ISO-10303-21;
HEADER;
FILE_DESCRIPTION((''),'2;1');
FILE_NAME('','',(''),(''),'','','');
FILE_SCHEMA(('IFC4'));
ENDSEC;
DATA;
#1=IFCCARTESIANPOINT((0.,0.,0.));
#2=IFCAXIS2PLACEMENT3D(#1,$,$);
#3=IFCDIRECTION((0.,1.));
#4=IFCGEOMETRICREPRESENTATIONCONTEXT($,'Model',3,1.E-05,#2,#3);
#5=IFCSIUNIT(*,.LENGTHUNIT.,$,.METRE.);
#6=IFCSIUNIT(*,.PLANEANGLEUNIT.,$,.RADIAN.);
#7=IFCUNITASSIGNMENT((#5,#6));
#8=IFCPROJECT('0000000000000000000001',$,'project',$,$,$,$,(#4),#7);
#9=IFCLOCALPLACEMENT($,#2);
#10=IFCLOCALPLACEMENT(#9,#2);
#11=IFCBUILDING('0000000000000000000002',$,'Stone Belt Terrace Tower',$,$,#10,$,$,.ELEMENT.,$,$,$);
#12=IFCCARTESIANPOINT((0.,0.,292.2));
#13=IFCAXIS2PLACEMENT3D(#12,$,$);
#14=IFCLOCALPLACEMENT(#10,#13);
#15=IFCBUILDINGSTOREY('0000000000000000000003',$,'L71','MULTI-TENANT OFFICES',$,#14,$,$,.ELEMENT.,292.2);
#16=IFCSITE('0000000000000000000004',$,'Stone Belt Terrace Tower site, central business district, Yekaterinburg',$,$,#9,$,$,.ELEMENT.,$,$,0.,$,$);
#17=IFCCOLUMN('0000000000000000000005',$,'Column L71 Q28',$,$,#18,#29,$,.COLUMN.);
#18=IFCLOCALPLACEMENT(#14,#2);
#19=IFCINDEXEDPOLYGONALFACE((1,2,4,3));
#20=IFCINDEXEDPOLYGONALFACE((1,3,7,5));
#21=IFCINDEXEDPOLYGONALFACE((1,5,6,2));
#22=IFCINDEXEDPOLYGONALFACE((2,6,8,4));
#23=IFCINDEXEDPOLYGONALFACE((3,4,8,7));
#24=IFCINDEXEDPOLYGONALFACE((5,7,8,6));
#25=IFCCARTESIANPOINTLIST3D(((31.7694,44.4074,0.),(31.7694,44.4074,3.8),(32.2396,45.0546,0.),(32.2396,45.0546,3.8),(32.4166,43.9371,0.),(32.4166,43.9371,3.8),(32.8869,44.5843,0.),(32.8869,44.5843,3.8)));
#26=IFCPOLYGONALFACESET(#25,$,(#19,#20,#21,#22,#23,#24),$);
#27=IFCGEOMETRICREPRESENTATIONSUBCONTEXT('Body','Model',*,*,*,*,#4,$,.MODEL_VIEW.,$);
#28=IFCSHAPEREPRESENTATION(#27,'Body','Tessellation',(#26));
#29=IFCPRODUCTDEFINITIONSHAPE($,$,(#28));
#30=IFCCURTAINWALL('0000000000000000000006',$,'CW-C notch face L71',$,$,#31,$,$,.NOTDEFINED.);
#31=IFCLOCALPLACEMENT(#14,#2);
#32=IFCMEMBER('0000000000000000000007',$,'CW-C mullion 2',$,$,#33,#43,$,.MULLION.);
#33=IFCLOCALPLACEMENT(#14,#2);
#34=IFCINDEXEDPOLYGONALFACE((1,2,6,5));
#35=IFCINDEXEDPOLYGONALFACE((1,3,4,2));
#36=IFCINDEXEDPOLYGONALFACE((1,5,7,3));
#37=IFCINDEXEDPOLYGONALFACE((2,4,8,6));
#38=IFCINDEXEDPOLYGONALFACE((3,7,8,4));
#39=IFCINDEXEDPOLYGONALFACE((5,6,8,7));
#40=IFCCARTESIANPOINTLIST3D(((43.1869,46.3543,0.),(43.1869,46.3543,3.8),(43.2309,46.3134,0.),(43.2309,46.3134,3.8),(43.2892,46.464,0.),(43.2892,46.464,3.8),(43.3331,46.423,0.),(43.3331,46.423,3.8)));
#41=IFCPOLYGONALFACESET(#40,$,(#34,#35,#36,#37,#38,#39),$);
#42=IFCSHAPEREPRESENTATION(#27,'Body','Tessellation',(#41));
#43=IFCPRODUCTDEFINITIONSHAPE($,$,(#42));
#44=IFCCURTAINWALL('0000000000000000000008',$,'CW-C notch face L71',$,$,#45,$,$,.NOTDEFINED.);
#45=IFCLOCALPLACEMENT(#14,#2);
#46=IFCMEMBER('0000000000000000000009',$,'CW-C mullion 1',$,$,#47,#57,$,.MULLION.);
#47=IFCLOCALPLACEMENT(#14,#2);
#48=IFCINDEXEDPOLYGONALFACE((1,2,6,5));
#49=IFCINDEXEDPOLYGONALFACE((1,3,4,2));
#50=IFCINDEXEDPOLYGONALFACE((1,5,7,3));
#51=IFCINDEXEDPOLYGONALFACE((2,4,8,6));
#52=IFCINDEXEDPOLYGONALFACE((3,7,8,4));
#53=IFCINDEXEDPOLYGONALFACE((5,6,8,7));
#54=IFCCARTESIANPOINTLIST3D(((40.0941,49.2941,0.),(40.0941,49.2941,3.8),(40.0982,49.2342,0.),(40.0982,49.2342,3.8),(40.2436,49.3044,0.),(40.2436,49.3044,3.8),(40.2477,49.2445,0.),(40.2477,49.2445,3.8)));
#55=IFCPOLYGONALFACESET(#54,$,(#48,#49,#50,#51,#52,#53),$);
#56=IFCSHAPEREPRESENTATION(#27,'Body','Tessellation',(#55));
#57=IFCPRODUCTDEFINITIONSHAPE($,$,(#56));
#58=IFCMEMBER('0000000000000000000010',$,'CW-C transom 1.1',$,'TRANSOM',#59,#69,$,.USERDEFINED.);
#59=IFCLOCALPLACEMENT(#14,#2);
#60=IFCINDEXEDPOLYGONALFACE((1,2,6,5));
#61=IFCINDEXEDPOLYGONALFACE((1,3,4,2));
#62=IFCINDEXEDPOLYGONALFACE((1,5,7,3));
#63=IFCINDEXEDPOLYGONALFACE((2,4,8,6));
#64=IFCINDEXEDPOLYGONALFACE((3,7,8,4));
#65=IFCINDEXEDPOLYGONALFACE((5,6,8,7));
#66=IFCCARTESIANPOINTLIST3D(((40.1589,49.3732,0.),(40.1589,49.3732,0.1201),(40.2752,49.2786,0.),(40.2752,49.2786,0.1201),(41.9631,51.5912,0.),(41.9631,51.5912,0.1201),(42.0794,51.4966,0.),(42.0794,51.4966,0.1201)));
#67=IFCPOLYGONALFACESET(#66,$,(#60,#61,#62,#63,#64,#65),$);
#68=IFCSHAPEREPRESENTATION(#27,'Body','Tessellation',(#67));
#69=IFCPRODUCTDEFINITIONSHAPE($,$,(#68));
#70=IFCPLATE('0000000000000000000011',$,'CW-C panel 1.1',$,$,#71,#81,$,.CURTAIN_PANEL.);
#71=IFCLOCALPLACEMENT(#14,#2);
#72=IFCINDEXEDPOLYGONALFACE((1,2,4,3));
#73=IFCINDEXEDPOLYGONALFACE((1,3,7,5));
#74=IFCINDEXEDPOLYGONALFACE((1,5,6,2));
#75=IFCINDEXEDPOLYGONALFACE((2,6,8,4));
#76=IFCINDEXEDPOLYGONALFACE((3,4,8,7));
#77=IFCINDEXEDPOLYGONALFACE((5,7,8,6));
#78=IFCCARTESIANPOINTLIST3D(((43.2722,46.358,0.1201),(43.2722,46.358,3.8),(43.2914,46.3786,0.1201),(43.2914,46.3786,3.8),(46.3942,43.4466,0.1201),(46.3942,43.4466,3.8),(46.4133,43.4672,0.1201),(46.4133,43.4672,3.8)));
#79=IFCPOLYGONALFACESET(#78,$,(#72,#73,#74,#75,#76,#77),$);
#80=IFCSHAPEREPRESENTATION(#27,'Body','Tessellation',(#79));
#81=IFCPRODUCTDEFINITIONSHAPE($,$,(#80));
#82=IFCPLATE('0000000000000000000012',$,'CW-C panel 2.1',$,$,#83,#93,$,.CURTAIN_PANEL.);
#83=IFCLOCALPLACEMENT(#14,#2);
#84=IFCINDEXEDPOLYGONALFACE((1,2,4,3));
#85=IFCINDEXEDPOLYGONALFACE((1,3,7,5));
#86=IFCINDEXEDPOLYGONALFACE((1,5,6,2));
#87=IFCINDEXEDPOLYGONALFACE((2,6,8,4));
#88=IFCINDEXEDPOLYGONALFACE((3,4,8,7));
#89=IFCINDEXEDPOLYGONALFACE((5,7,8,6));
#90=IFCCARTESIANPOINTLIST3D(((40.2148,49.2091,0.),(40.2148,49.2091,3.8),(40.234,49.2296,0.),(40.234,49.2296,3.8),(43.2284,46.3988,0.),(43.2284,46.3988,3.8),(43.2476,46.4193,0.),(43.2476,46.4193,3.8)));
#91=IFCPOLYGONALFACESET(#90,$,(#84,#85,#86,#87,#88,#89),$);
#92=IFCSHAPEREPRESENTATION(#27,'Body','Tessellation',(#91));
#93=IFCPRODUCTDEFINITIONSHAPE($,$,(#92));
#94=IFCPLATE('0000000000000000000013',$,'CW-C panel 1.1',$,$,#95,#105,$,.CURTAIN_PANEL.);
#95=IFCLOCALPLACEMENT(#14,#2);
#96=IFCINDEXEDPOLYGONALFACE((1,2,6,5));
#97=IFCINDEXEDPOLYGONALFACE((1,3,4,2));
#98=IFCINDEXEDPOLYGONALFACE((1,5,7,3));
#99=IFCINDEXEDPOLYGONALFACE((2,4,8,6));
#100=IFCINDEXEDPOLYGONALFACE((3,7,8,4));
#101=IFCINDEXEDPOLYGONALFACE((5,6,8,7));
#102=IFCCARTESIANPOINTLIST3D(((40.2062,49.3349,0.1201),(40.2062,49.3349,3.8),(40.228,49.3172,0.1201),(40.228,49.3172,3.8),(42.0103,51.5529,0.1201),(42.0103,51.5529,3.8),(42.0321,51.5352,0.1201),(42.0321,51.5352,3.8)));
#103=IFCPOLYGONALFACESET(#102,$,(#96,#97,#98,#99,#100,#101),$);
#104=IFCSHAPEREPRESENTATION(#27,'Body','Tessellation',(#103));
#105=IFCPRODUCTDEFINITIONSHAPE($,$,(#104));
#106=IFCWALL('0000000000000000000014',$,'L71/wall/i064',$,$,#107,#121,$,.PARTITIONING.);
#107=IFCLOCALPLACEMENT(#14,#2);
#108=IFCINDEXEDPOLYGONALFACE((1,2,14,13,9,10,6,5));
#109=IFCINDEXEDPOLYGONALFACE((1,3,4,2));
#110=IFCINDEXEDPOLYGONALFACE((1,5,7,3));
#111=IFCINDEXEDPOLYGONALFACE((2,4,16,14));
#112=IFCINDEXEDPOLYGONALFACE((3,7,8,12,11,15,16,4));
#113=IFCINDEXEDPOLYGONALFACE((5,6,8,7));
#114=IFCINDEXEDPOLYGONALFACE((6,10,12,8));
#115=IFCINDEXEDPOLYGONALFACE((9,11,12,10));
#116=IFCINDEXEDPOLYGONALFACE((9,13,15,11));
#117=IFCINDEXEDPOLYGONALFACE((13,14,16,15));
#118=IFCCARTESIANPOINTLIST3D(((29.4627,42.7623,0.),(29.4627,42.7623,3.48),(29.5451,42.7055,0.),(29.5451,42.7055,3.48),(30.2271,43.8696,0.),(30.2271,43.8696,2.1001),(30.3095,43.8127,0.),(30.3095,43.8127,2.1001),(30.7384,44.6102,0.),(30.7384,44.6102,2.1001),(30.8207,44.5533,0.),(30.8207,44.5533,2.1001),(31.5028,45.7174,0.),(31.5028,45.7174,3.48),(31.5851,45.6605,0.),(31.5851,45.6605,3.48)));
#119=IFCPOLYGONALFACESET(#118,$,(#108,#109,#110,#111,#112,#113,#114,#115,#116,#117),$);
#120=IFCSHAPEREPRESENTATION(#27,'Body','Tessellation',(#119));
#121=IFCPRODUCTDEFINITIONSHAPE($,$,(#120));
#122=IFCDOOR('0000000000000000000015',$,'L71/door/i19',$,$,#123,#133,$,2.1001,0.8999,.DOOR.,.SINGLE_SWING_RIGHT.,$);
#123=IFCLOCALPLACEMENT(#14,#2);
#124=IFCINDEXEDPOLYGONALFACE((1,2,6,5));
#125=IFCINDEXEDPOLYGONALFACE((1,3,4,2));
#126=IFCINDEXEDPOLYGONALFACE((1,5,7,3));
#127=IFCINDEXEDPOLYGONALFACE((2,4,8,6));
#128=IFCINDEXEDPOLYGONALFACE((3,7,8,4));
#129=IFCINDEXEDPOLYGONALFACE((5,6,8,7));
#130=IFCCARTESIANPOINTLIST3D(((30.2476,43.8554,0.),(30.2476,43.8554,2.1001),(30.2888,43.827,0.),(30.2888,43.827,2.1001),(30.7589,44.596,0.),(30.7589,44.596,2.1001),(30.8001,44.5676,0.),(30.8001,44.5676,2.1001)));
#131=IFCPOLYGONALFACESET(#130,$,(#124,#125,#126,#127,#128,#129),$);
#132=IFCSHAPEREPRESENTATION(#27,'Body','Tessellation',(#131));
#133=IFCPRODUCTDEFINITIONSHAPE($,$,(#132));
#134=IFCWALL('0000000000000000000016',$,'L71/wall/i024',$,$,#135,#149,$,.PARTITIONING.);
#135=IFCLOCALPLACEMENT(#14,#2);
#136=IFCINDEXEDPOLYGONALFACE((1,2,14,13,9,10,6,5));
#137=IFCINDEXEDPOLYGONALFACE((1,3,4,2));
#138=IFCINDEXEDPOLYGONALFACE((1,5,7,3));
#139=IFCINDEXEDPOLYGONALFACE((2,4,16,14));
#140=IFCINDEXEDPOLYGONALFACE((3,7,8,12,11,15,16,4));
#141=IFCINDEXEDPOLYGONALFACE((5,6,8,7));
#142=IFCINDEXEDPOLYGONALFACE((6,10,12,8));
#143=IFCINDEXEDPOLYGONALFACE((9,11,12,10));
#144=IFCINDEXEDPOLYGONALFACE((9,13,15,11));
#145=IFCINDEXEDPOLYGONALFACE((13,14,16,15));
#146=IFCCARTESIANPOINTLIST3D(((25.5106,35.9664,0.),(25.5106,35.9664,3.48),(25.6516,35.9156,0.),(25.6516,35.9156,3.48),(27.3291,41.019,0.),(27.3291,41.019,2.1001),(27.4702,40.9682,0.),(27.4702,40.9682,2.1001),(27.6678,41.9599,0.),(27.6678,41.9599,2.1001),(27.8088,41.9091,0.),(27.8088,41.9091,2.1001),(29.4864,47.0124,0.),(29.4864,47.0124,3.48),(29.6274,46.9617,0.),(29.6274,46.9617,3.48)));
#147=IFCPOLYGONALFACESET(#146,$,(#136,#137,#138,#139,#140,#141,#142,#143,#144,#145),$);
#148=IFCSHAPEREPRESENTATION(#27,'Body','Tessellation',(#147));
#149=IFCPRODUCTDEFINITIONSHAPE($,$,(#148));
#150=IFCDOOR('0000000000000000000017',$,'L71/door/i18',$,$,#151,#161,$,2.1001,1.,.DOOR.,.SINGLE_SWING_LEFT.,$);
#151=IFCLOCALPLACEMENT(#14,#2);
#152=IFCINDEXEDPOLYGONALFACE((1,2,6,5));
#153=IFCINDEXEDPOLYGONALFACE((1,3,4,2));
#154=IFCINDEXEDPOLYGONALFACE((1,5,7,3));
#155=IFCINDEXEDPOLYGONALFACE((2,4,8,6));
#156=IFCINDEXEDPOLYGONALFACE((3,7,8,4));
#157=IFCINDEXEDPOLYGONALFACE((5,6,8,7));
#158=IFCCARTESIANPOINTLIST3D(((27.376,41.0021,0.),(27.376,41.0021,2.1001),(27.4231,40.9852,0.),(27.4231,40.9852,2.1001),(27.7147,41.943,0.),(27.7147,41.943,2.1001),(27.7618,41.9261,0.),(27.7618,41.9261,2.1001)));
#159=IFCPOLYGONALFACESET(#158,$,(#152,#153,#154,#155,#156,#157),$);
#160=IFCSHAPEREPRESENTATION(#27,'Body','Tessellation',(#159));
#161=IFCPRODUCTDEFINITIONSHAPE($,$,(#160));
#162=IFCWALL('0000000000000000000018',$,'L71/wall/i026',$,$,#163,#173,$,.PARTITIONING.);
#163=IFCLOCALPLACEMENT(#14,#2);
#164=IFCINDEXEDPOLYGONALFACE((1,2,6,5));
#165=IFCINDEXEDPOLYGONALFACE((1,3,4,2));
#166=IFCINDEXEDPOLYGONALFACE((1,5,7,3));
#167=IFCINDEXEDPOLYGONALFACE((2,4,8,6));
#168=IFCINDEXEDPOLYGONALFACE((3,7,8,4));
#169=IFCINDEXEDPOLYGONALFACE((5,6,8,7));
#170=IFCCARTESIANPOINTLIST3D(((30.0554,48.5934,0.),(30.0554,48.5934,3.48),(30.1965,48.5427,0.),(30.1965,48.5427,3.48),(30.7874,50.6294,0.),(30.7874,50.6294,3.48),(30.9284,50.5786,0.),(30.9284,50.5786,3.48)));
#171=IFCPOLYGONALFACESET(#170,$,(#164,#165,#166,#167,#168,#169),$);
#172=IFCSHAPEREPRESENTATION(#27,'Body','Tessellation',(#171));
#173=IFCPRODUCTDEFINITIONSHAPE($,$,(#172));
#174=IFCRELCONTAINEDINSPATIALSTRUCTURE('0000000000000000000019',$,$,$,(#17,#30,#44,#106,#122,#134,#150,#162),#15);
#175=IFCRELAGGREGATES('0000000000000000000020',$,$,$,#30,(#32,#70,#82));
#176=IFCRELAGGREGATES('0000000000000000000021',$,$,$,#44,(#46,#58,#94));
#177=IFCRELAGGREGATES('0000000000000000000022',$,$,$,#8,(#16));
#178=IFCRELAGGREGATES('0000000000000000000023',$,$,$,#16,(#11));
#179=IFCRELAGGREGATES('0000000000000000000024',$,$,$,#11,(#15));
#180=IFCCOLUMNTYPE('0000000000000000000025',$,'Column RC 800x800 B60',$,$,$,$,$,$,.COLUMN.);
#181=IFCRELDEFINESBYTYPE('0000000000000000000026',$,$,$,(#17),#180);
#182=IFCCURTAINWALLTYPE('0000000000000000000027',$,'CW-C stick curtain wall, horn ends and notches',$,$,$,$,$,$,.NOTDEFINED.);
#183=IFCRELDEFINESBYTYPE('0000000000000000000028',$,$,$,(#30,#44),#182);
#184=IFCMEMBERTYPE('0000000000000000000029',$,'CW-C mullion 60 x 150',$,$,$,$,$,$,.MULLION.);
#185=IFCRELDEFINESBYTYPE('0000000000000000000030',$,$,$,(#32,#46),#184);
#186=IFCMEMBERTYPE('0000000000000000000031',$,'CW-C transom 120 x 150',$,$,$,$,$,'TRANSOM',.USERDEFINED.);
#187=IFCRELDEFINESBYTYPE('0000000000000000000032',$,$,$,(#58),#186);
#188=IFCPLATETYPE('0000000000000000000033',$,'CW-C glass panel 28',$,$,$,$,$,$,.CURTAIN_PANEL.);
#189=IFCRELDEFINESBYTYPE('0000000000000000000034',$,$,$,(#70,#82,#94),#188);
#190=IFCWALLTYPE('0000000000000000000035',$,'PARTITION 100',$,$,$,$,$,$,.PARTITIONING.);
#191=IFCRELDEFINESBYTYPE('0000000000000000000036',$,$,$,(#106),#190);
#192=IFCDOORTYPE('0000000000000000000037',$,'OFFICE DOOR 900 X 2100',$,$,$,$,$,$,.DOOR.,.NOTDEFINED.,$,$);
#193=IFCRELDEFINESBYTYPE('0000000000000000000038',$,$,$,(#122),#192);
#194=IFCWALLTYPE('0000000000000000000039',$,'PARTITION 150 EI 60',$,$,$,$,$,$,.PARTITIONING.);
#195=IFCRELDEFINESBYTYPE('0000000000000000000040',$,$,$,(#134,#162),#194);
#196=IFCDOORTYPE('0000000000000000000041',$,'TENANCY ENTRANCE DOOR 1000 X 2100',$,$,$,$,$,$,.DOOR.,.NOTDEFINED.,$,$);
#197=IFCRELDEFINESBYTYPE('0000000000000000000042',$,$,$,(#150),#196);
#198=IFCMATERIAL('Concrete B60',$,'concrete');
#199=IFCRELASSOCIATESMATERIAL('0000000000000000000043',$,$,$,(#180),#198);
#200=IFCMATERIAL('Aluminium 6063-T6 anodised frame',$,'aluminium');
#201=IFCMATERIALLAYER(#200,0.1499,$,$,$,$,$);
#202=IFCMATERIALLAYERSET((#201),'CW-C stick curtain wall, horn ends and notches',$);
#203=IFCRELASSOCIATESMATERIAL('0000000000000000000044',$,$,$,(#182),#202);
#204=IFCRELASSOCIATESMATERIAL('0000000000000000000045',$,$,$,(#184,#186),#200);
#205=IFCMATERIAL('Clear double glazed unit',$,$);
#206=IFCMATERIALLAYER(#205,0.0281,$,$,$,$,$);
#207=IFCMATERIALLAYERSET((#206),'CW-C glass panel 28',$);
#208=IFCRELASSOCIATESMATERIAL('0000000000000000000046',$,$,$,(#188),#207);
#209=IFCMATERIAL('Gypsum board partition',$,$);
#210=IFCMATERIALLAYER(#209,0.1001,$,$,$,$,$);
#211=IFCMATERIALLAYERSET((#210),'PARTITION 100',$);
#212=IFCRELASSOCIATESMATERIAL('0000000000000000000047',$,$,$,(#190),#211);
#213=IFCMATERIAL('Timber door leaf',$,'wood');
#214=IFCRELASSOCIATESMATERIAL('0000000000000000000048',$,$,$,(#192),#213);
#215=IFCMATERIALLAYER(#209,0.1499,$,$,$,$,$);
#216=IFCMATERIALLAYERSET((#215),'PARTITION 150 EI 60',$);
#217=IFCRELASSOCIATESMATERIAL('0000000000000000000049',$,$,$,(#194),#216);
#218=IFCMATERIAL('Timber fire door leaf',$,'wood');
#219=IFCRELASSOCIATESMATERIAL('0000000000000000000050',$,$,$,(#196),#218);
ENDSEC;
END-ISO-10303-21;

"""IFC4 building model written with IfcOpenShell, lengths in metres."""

from ifc_helpers import new_model, si_unit, direction, frame, frame_2d, origin, origin_2d, place, context, subcontext, project, spatial, rectangle, extrude, material, layer, layer_set, material_profile, profile_set, type_object, element, fill, aggregate, save


model = new_model("IFC4")

# Units and contexts
model_context = context("Model", 3, precision=1e-05, world=origin(), true_north=direction((0.0, 1.0)))
body_context = subcontext(model_context, "Body", "Model", "MODEL_VIEW")
ifc_project = project(units=[si_unit("LENGTHUNIT", "METRE"), si_unit("PLANEANGLEUNIT", "RADIAN")], contexts=[model_context])

# Site, building, storey
site_placement = place(None, origin())
site = spatial("IfcSite", under=ifc_project, at=site_placement, Name="Stone Belt Terrace Tower site, central business district, Yekaterinburg", CompositionType="ELEMENT", RefElevation=0.0)
building_placement = place(site_placement, origin())
building = spatial("IfcBuilding", under=site, at=building_placement, Name="Stone Belt Terrace Tower", CompositionType="ELEMENT")
storey_placement = place(building_placement, frame((0.0, 0.0, 292.2)))
storey = spatial("IfcBuildingStorey", under=building, at=storey_placement, Name="L71", Description="MULTI-TENANT OFFICES", CompositionType="ELEMENT", Elevation=292.2)

# Column
ifc_material_1 = material(Name="Concrete B60", Category="concrete")
ifc_material_profile_1 = material_profile(ifc_material_1, rectangle(XDim=0.8, YDim=0.8, at=origin_2d()), Name="RC 800x800")
ifc_profile_set_1 = profile_set([ifc_material_profile_1], Name="Concrete B60")
column_type = type_object("IfcColumnType", Name="Column RC 800x800 B60", PredefinedType="COLUMN", material=ifc_profile_set_1)
column_placement = place(storey_placement, frame((32.3281, 44.4958, 0.0), z_axis=(0.0, 0.0, 1.0), x_axis=(0.809017, -0.587785, 0.0)))
element("IfcColumn", 1, at=column_placement, inside=storey, type_object=column_type, Name="Column L71 Q28", PredefinedType="COLUMN", context=body_context, shape_type="SweptSolid", body=[
    extrude(rectangle(XDim=0.8, YDim=0.8, at=origin_2d()), origin(), (0.0, 0.0, 1.0), 3.8),
])

# Curtain wall, member
ifc_material_2 = material(Name="Aluminium 6063-T6 anodised frame", Category="aluminium")
ifc_layer_1 = layer(ifc_material_2, 0.1499)
ifc_layer_set_1 = layer_set([ifc_layer_1], Name="CW-C stick curtain wall, horn ends and notches")
curtain_wall_type = type_object("IfcCurtainWallType", Name="CW-C stick curtain wall, horn ends and notches", PredefinedType="NOTDEFINED", material=ifc_layer_set_1)
curtain_wall_1_placement = place(storey_placement, origin())
curtain_wall_1 = element("IfcCurtainWall", 2, at=curtain_wall_1_placement, inside=storey, type_object=curtain_wall_type, Name="CW-C notch face L71", PredefinedType="NOTDEFINED")
ifc_material_profile_2 = material_profile(ifc_material_2, rectangle(XDim=0.1499, YDim=0.0601, at=origin_2d()), Name="Aluminium 6063-T6 60x150")
ifc_profile_set_2 = profile_set([ifc_material_profile_2], Name="Aluminium 6063-T6 anodised frame")
member_type_1 = type_object("IfcMemberType", Name="CW-C mullion 60 x 150", PredefinedType="MULLION", material=ifc_profile_set_2)
member_1_placement = place(storey_placement, frame((43.26, 46.3887, 0.0), z_axis=(0.0, 0.0, 1.0), x_axis=(-0.682014, -0.731339, 0.0)))
member_1 = element("IfcMember", 3, at=member_1_placement, type_object=member_type_1, Name="CW-C mullion 2", PredefinedType="MULLION", context=body_context, shape_type="SweptSolid", body=[
    extrude(rectangle(XDim=0.1499, YDim=0.0601, at=origin_2d()), origin(), (0.0, 0.0, 1.0), 3.8),
])

# Curtain wall, members
curtain_wall_2_placement = place(storey_placement, origin())
curtain_wall_2 = element("IfcCurtainWall", 4, at=curtain_wall_2_placement, inside=storey, type_object=curtain_wall_type, Name="CW-C notch face L71", PredefinedType="NOTDEFINED")
member_2_placement = place(storey_placement, frame((40.1709, 49.2693, 0.0), z_axis=(0.0, 0.0, 1.0), x_axis=(-0.99764, -0.068666, 0.0)))
member_2 = element("IfcMember", 5, at=member_2_placement, type_object=member_type_1, Name="CW-C mullion 1", PredefinedType="MULLION", context=body_context, shape_type="SweptSolid", body=[
    extrude(rectangle(XDim=0.1499, YDim=0.0601, at=origin_2d()), origin(), (0.0, 0.0, 1.0), 3.8),
])
ifc_material_profile_3 = material_profile(ifc_material_2, rectangle(XDim=0.1499, YDim=0.1201, at=origin_2d()), Name="Aluminium 6063-T6 150x120")
ifc_profile_set_3 = profile_set([ifc_material_profile_3], Name="Aluminium 6063-T6 anodised frame")
member_type_2 = type_object("IfcMemberType", Name="CW-C transom 120 x 150", ElementType="TRANSOM", PredefinedType="USERDEFINED", material=ifc_profile_set_3)
member_3_placement = place(storey_placement, frame((40.217, 49.3259, 0.0601), z_axis=(0.631027, 0.775761, 0.0), x_axis=(-0.775761, 0.631027, 0.0)))
member_3 = element("IfcMember", 6, at=member_3_placement, type_object=member_type_2, Name="CW-C transom 1.1", ObjectType="TRANSOM", PredefinedType="USERDEFINED", context=body_context, shape_type="SweptSolid", body=[
    extrude(rectangle(XDim=0.1499, YDim=0.1201, at=origin_2d()), origin(), (0.0, 0.0, 1.0), 2.8591),
])

# Plates
ifc_material_3 = material(Name="Clear double glazed unit")
ifc_layer_2 = layer(ifc_material_3, 0.0281)
ifc_layer_set_2 = layer_set([ifc_layer_2], Name="CW-C glass panel 28")
plate_type = type_object("IfcPlateType", Name="CW-C glass panel 28", PredefinedType="CURTAIN_PANEL", material=ifc_layer_set_2)
plate_1_placement = place(storey_placement, frame((44.8428, 44.9126, 0.1201), z_axis=(0.0, 0.0, 1.0), x_axis=(-0.731339, 0.682014, 0.0)))
plate_1 = element("IfcPlate", 7, at=plate_1_placement, type_object=plate_type, Name="CW-C panel 1.1", PredefinedType="CURTAIN_PANEL", context=body_context, shape_type="SweptSolid", body=[
    extrude(rectangle(XDim=4.2688, YDim=0.0281, at=origin_2d()), origin(), (0.0, 0.0, 1.0), 3.6799),
])
plate_2_placement = place(storey_placement, frame((41.7312, 47.8142, 0.0), z_axis=(0.0, 0.0, 1.0), x_axis=(-0.731339, 0.682014, 0.0)))
plate_2 = element("IfcPlate", 8, at=plate_2_placement, type_object=plate_type, Name="CW-C panel 2.1", PredefinedType="CURTAIN_PANEL", context=body_context, shape_type="SweptSolid", body=[
    extrude(rectangle(XDim=4.1206, YDim=0.0281, at=origin_2d()), origin(), (0.0, 0.0, 1.0), 3.8),
])
aggregate(curtain_wall_1, [member_1, plate_1, plate_2])
plate_3_placement = place(storey_placement, frame((41.1191, 50.4351, 0.1201), z_axis=(0.0, 0.0, 1.0), x_axis=(0.631001, 0.775782, 0.0)))
plate_3 = element("IfcPlate", 9, at=plate_3_placement, type_object=plate_type, Name="CW-C panel 1.1", PredefinedType="CURTAIN_PANEL", context=body_context, shape_type="SweptSolid", body=[
    extrude(rectangle(XDim=2.8591, YDim=0.0281, at=origin_2d()), origin(), (0.0, 0.0, 1.0), 3.6799),
])
aggregate(curtain_wall_2, [member_2, member_3, plate_3])

# Walls, openings, doors
ifc_material_4 = material(Name="Gypsum board partition")
ifc_layer_3 = layer(ifc_material_4, 0.1001)
ifc_layer_set_3 = layer_set([ifc_layer_3], Name="PARTITION 100")
wall_type_1 = type_object("IfcWallType", Name="PARTITION 100", PredefinedType="PARTITIONING", material=ifc_layer_set_3)
wall_1_placement = place(storey_placement, frame((31.5439, 45.689, 0.0), z_axis=(0.0, 0.0, 1.0), x_axis=(-0.568121, -0.822945, 0.0)))
wall_1 = element("IfcWall", 10, at=wall_1_placement, inside=storey, type_object=wall_type_1, Name="L71/wall/i064", PredefinedType="PARTITIONING", context=body_context, shape_type="SweptSolid", body=[
    extrude(rectangle(XDim=3.5908, YDim=0.1001, at=frame_2d((1.7954, 0.0))), origin(), (0.0, 0.0, 1.0), 3.48),
])
opening_1_placement = place(wall_1_placement, frame((1.3455, 0.0, 0.0)))
opening_1 = element("IfcOpeningElement", 11, at=opening_1_placement, cuts=wall_1, PredefinedType="OPENING", context=body_context, shape_type="SweptSolid", body=[
    extrude(rectangle(XDim=0.8999, YDim=2.1001, at=frame_2d((0.45, 1.05))), frame((0.0, 0.0601, 0.0), z_axis=(0.0, -1.0, 0.0), x_axis=(1.0, 0.0, 0.0)), (0.0, 0.0, 1.0), 0.1201),
])
ifc_material_5 = material(Name="Timber door leaf", Category="wood")
door_type_1 = type_object("IfcDoorType", Name="OFFICE DOOR 900 X 2100", OperationType="NOTDEFINED", PredefinedType="DOOR", material=ifc_material_5)
door_1_placement = place(opening_1_placement, origin())
door_1 = element("IfcDoor", 12, at=door_1_placement, inside=storey, type_object=door_type_1, Name="L71/door/i19", OperationType="SINGLE_SWING_RIGHT", OverallHeight=2.1001, OverallWidth=0.8999, PredefinedType="DOOR", context=body_context, shape_type="SweptSolid", body=[
    extrude(rectangle(XDim=0.8999, YDim=2.1001, at=frame_2d((0.45, 1.05))), frame((0.0, 0.0249, 0.0), z_axis=(0.0, -1.0, 0.0), x_axis=(1.0, 0.0, 0.0)), (0.0, 0.0, 1.0), 0.05),
])
fill(opening_1, door_1)
ifc_layer_4 = layer(ifc_material_4, 0.1499)
ifc_layer_set_4 = layer_set([ifc_layer_4], Name="PARTITION 150 EI 60")
wall_type_2 = type_object("IfcWallType", Name="PARTITION 150 EI 60", PredefinedType="PARTITIONING", material=ifc_layer_set_4)
wall_2_placement = place(storey_placement, frame((29.5569, 46.9871, 0.0), z_axis=(0.0, 0.0, 1.0), x_axis=(-0.338661, -0.940909, 0.0)))
wall_2 = element("IfcWall", 13, at=wall_2_placement, inside=storey, type_object=wall_type_2, Name="L71/wall/i024", PredefinedType="PARTITIONING", context=body_context, shape_type="SweptSolid", body=[
    extrude(rectangle(XDim=11.7397, YDim=0.1499, at=frame_2d((5.8699, 0.0))), origin(), (0.0, 0.0, 1.0), 3.48),
])
opening_2_placement = place(wall_2_placement, frame((5.3699, 0.0, 0.0)))
opening_2 = element("IfcOpeningElement", 14, at=opening_2_placement, cuts=wall_2, PredefinedType="OPENING", context=body_context, shape_type="SweptSolid", body=[
    extrude(rectangle(XDim=1.0, YDim=2.1001, at=frame_2d((0.5, 1.05))), frame((0.0, 0.085, 0.0), z_axis=(0.0, -1.0, 0.0), x_axis=(1.0, 0.0, 0.0)), (0.0, 0.0, 1.0), 0.1699),
])
ifc_material_6 = material(Name="Timber fire door leaf", Category="wood")
door_type_2 = type_object("IfcDoorType", Name="TENANCY ENTRANCE DOOR 1000 X 2100", OperationType="NOTDEFINED", PredefinedType="DOOR", material=ifc_material_6)
door_2_placement = place(opening_2_placement, origin())
door_2 = element("IfcDoor", 15, at=door_2_placement, inside=storey, type_object=door_type_2, Name="L71/door/i18", OperationType="SINGLE_SWING_LEFT", OverallHeight=2.1001, OverallWidth=1.0, PredefinedType="DOOR", context=body_context, shape_type="SweptSolid", body=[
    extrude(rectangle(XDim=1.0, YDim=2.1001, at=frame_2d((0.5, 1.05))), frame((0.0, 0.0249, 0.0), z_axis=(0.0, -1.0, 0.0), x_axis=(1.0, 0.0, 0.0)), (0.0, 0.0, 1.0), 0.05),
])
fill(opening_2, door_2)

# Wall
wall_3_placement = place(storey_placement, frame((30.8579, 50.604, 0.0), z_axis=(0.0, 0.0, 1.0), x_axis=(-0.338316, -0.941033, 0.0)))
element("IfcWall", 16, at=wall_3_placement, inside=storey, type_object=wall_type_2, Name="L71/wall/i026", PredefinedType="PARTITIONING", context=body_context, shape_type="SweptSolid", body=[
    extrude(rectangle(XDim=2.1636, YDim=0.1499, at=frame_2d((1.0818, 0.0))), origin(), (0.0, 0.0, 1.0), 3.48),
])

save(model, "model.ifc")
